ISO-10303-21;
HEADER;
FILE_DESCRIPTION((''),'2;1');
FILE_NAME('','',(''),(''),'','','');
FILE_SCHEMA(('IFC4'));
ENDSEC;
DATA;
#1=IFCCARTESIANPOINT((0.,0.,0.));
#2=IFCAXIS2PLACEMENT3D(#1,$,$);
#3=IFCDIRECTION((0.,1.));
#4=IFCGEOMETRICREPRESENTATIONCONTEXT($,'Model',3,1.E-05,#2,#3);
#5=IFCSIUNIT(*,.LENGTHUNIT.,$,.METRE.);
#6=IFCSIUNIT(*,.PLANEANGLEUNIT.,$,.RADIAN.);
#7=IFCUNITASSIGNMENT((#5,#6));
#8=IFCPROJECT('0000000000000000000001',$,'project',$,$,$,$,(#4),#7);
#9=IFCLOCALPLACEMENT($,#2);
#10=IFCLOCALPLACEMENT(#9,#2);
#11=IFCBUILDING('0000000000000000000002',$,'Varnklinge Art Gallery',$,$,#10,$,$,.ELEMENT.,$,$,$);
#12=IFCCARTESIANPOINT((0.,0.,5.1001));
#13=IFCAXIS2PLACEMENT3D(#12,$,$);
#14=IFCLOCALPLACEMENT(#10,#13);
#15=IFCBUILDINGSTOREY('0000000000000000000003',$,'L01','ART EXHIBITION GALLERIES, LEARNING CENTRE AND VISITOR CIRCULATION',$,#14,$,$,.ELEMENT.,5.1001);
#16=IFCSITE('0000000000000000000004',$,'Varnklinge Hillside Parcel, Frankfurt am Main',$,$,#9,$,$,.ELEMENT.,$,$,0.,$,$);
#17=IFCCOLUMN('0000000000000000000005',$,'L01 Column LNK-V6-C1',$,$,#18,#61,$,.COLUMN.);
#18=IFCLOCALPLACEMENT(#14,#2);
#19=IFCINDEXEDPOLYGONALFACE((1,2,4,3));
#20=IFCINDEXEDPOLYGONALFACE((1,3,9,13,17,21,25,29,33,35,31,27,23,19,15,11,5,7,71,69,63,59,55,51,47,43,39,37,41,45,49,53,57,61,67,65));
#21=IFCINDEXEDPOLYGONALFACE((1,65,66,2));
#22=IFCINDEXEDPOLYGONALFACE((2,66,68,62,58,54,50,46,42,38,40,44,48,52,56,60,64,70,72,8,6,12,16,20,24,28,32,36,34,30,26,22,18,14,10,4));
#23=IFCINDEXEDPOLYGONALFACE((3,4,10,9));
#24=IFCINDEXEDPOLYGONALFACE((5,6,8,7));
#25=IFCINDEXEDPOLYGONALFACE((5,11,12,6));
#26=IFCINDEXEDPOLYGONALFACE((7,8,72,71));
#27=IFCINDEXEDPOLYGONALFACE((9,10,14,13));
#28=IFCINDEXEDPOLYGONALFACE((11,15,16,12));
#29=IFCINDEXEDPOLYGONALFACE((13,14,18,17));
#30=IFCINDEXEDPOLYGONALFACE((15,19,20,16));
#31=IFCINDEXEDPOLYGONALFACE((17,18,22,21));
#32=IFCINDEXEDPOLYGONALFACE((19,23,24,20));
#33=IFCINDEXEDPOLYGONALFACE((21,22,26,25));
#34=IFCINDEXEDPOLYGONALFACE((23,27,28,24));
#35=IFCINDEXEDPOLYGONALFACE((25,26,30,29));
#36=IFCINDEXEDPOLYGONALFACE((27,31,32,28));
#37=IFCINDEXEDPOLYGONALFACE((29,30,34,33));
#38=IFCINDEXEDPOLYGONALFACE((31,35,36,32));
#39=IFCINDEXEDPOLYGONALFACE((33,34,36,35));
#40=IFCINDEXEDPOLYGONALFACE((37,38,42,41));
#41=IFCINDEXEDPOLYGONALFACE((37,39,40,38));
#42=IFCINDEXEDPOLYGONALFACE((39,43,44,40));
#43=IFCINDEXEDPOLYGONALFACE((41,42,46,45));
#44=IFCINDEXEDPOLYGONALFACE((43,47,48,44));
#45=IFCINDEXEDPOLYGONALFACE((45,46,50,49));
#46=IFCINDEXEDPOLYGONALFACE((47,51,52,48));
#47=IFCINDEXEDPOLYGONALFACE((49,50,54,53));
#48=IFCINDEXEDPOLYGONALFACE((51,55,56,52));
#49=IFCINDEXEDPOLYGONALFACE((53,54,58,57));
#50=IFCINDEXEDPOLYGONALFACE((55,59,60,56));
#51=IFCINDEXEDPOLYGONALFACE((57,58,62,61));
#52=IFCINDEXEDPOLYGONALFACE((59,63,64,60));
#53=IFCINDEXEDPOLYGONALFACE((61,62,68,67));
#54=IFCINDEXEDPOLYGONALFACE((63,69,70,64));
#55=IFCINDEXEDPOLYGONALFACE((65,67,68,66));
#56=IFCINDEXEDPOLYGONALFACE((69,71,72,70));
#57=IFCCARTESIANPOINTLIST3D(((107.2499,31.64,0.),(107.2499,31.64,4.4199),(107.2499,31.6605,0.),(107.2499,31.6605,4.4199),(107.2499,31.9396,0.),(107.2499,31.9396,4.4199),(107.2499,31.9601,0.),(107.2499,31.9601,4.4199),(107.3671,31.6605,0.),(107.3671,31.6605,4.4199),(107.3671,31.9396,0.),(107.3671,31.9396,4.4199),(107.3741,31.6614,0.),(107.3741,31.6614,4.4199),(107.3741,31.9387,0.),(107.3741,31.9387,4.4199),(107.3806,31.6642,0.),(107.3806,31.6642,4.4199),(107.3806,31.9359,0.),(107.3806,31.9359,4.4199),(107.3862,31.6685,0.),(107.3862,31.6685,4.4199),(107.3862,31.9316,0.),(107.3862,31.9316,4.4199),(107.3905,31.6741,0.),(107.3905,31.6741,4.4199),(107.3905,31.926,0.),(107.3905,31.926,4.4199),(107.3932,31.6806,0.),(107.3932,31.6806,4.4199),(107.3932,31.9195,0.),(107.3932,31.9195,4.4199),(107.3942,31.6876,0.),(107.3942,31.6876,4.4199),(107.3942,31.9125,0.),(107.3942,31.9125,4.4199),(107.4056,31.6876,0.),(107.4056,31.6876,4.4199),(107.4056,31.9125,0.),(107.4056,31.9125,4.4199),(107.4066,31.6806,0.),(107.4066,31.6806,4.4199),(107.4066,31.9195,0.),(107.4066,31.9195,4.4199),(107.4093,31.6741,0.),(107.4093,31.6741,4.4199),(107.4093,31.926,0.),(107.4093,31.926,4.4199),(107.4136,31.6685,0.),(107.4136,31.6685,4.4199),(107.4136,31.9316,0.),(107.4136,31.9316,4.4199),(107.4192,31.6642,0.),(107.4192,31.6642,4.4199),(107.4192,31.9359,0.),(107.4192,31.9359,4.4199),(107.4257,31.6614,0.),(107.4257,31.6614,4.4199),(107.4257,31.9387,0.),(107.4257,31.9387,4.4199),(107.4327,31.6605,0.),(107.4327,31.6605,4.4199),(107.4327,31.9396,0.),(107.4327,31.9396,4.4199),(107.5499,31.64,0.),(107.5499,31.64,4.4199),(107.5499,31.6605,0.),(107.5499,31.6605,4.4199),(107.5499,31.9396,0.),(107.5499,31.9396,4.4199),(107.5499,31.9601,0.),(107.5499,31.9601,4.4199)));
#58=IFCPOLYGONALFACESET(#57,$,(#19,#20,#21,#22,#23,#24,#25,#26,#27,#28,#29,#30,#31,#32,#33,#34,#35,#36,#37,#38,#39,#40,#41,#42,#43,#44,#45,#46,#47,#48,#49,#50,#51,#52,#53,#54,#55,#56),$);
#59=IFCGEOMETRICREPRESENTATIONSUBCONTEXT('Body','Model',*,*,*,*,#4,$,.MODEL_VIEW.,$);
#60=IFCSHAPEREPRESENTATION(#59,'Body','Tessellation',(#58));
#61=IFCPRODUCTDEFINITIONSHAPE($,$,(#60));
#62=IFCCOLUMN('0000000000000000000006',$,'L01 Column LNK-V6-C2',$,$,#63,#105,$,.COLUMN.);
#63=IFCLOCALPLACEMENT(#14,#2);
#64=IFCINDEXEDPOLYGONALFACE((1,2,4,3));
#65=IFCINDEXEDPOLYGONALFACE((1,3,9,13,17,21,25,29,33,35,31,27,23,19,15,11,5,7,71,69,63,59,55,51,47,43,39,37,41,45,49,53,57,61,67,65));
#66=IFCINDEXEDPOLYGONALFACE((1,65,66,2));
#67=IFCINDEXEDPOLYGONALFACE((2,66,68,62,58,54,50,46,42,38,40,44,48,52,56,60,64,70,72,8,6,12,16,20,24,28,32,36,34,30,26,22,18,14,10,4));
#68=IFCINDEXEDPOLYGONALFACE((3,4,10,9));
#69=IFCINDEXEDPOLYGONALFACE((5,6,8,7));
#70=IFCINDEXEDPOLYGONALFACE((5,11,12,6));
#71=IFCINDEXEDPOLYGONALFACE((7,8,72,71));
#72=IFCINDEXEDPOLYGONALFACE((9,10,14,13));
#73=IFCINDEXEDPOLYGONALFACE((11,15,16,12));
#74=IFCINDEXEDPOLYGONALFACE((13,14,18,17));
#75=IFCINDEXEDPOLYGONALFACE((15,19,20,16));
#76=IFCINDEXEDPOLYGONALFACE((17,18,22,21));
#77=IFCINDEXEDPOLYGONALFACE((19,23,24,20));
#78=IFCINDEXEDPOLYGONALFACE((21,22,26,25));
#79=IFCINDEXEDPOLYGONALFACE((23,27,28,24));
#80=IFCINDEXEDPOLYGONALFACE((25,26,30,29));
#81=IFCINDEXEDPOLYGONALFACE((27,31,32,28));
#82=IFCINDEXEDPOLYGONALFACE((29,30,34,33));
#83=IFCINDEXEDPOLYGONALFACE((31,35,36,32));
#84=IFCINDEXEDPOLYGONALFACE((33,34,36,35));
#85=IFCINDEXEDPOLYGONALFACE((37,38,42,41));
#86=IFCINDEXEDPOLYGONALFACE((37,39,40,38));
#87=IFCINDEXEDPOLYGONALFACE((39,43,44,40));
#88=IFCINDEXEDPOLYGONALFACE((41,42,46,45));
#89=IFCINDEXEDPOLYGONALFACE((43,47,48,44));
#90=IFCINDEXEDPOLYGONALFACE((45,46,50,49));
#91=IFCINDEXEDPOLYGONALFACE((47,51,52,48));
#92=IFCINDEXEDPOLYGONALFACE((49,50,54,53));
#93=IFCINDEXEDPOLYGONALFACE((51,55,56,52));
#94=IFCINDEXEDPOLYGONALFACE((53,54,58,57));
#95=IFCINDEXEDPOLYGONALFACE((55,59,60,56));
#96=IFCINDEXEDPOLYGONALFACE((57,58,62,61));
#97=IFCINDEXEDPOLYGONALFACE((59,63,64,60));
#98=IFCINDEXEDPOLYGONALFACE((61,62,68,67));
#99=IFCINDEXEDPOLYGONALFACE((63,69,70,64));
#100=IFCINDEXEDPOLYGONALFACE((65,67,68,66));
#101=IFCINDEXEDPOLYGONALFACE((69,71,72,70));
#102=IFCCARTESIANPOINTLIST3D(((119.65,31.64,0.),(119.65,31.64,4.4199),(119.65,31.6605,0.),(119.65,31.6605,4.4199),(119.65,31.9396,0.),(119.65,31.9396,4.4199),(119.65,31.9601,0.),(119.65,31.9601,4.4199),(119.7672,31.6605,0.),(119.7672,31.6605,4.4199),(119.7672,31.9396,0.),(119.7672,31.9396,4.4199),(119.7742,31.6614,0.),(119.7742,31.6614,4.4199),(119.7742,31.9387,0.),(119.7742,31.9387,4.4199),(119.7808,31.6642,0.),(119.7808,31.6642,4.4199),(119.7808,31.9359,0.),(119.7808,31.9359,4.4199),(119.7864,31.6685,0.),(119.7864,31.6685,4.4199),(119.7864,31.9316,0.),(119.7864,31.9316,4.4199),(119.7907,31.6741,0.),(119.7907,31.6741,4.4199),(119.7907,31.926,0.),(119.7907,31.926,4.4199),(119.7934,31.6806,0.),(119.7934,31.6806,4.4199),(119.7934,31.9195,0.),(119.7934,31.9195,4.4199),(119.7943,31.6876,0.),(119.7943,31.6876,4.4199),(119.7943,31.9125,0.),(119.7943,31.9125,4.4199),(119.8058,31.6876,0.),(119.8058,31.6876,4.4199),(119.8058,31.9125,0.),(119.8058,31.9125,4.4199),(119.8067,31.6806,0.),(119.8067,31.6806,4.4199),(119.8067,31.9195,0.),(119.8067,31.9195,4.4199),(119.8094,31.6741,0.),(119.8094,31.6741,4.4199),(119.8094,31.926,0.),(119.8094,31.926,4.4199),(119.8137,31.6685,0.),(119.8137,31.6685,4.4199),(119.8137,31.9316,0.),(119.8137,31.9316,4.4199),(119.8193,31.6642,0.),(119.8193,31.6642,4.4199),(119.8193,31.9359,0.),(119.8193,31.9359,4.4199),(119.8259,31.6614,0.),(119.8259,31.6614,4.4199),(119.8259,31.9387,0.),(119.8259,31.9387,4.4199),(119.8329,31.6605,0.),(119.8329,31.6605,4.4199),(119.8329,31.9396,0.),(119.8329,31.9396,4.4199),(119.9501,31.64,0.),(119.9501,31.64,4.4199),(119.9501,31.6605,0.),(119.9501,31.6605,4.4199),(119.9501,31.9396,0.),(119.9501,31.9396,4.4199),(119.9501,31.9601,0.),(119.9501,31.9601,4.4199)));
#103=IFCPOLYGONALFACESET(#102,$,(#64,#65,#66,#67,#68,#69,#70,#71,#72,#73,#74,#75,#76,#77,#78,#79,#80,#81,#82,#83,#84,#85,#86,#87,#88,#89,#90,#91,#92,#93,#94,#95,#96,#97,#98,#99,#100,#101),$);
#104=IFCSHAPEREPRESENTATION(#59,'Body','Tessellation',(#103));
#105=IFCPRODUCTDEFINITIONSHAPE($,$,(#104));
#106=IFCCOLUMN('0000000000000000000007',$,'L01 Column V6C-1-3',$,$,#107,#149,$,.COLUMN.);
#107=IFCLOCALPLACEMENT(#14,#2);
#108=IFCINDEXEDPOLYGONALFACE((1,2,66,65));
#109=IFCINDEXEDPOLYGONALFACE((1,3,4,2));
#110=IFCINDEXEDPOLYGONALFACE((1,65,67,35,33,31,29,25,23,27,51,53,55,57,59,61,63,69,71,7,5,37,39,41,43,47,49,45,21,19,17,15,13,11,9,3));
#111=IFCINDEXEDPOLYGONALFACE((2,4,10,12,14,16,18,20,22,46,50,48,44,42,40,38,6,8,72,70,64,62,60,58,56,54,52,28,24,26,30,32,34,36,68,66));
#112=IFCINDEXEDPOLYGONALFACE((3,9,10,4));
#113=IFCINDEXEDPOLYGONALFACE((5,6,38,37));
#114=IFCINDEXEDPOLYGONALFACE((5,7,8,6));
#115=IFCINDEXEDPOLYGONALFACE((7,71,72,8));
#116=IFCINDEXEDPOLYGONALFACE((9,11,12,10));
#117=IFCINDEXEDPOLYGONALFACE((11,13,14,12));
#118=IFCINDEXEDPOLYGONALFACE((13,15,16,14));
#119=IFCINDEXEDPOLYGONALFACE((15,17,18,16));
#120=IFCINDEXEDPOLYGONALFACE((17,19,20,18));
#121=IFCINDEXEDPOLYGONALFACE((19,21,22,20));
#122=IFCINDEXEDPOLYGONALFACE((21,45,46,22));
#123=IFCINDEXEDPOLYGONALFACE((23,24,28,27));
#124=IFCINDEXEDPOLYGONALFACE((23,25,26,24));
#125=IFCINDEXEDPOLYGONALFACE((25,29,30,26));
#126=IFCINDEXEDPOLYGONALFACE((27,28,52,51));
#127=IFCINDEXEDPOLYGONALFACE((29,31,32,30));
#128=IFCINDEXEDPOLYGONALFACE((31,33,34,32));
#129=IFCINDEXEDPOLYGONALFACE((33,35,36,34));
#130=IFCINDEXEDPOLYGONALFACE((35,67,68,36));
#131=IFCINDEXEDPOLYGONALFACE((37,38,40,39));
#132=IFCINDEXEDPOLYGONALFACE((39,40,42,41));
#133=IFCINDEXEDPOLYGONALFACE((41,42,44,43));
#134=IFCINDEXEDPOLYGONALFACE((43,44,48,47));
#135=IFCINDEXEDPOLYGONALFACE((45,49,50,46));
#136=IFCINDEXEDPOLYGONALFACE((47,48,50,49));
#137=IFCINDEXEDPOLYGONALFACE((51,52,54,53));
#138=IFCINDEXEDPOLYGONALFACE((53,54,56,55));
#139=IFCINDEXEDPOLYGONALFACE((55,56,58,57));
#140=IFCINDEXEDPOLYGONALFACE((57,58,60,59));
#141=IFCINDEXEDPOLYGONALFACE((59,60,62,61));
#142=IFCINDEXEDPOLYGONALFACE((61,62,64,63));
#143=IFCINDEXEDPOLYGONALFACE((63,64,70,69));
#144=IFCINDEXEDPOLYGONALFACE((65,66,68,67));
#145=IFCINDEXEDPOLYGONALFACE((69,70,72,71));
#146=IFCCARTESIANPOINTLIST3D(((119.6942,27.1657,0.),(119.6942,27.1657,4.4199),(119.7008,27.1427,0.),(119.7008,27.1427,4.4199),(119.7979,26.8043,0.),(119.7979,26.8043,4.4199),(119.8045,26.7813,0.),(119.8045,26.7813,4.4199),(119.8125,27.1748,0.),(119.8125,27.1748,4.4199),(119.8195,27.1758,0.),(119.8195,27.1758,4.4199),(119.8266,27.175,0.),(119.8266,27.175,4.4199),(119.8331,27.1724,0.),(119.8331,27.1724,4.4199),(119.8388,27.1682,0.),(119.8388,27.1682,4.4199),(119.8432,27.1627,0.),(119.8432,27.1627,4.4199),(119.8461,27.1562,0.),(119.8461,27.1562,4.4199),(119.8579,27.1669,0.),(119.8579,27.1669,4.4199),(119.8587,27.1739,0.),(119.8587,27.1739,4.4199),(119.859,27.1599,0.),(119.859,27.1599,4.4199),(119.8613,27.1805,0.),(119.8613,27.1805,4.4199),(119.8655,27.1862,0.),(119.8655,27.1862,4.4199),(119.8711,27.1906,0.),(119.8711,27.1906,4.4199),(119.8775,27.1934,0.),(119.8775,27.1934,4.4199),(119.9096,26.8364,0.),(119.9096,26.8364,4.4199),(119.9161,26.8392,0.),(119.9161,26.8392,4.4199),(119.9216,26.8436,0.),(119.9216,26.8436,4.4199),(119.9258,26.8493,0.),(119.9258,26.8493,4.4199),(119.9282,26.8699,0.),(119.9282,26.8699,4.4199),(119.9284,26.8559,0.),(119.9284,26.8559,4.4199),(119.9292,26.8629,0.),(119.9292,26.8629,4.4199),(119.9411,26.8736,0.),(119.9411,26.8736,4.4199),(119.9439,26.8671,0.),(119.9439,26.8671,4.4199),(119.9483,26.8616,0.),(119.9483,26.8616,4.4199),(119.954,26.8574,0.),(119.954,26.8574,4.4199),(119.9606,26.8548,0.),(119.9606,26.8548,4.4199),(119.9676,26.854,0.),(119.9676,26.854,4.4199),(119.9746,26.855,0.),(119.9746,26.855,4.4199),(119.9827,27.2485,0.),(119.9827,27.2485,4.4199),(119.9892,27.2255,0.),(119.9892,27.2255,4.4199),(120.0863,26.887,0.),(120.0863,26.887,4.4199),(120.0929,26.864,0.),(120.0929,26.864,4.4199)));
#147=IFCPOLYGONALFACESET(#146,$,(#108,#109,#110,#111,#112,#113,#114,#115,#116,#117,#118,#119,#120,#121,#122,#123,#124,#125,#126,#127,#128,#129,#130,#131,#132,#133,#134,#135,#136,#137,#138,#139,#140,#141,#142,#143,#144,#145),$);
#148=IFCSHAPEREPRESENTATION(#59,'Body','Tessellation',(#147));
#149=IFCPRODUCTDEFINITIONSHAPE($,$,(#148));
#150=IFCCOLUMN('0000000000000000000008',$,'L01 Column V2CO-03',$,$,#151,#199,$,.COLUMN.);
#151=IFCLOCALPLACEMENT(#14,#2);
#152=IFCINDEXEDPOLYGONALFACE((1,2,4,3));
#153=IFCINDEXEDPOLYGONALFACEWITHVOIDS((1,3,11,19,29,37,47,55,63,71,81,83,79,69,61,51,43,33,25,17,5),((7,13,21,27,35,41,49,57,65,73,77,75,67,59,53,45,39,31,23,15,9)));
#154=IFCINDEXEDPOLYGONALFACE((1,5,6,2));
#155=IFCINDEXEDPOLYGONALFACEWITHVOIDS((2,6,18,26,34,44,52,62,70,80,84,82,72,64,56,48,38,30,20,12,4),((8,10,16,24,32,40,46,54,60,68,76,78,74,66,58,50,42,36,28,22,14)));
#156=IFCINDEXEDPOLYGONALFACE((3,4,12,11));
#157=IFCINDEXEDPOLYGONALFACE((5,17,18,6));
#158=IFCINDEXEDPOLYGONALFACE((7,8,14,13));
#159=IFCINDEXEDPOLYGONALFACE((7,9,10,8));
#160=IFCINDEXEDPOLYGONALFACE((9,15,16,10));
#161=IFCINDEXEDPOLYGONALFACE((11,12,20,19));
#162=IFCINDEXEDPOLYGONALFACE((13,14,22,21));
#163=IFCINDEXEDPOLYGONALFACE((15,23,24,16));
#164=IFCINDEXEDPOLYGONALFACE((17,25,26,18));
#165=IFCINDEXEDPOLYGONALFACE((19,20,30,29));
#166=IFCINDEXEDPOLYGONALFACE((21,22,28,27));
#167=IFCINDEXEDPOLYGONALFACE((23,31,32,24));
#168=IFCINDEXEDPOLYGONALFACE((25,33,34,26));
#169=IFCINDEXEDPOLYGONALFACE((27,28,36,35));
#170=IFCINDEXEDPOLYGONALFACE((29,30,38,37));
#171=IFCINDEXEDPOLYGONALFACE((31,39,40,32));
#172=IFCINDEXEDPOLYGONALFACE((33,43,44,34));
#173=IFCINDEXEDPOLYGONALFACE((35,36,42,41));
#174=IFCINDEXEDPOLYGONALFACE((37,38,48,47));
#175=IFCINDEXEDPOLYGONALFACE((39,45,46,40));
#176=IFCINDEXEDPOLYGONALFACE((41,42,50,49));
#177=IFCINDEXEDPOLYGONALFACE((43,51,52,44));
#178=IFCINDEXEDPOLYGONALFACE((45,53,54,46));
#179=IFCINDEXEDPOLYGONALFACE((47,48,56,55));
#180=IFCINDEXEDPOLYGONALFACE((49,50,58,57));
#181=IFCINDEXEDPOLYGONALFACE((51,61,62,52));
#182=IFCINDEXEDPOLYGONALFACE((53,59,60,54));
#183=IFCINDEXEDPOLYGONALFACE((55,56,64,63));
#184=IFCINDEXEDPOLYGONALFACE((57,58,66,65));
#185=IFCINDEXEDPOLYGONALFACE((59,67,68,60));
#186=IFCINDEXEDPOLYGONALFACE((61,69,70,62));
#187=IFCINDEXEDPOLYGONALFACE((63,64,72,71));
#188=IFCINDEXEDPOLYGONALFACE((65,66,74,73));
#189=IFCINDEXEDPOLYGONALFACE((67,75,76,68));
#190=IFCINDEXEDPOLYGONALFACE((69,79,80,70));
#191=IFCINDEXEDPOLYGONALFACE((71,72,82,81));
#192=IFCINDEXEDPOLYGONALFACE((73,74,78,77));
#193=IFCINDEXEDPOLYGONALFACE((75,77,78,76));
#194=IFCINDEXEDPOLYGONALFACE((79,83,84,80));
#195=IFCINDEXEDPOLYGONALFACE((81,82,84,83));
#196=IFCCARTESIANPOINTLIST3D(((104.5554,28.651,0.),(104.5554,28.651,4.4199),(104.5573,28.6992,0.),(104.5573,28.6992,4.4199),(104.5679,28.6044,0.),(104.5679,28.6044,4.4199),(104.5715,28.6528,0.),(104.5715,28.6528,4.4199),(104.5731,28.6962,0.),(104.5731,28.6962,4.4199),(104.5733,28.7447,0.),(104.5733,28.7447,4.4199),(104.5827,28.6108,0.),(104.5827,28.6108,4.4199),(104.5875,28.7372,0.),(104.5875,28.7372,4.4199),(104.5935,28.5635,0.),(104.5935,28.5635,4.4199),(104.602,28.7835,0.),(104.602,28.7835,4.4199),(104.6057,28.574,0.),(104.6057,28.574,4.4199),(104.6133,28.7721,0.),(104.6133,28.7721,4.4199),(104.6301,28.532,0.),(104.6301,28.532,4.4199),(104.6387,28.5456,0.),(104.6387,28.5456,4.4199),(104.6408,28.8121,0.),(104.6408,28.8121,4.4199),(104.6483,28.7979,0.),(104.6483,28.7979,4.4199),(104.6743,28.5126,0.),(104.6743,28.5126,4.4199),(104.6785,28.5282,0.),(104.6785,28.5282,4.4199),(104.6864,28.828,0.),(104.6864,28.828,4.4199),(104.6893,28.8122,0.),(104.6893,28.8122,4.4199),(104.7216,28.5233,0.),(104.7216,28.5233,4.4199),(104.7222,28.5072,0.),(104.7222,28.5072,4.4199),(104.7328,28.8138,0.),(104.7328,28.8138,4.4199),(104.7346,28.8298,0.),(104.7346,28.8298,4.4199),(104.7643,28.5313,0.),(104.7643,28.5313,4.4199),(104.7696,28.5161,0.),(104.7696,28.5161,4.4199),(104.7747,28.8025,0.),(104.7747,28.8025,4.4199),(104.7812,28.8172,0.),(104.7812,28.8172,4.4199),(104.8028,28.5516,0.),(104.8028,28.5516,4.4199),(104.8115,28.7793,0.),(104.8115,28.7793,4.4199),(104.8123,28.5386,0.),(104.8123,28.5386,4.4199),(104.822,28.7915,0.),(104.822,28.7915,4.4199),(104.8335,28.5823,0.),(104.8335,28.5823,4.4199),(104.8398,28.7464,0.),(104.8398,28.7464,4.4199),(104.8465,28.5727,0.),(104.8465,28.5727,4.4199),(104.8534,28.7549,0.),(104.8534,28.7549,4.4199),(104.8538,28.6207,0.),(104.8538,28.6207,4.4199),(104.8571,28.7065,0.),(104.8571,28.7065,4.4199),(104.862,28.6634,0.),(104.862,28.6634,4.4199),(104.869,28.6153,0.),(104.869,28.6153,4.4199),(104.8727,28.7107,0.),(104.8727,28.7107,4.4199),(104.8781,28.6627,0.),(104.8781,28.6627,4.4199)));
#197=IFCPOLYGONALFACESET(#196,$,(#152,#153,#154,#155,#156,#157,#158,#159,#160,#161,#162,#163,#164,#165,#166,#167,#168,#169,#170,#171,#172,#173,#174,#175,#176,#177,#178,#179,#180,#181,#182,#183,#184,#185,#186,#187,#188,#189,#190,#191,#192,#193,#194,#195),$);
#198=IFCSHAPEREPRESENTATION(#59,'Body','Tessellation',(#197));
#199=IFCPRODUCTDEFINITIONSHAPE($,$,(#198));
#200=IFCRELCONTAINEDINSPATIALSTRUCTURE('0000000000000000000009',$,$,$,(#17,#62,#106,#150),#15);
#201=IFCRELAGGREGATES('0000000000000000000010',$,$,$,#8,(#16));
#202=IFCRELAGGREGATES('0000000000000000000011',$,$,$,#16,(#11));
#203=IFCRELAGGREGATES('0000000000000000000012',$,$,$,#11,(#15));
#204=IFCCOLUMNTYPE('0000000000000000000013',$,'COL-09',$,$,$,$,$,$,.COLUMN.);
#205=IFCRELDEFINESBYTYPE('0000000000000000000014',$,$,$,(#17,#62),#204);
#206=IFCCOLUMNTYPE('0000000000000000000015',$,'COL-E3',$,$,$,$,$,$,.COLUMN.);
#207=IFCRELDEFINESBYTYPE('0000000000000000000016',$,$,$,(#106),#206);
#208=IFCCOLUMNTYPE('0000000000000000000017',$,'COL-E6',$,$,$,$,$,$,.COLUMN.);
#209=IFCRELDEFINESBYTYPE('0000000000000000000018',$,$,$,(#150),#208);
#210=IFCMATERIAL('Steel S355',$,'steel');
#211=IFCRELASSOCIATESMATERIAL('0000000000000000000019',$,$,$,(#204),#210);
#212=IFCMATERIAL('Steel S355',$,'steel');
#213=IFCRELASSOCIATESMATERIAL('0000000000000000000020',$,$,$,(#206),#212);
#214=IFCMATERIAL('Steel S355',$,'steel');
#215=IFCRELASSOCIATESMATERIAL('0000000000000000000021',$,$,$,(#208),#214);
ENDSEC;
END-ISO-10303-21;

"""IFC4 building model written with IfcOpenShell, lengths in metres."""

from ifc_helpers import new_model, si_unit, direction, frame, origin, origin_2d, place, context, subcontext, project, spatial, hollow_circle, i_section, extrude, material, material_profile, profile_set, type_object, element, save


model = new_model("IFC4")

# Units and contexts
model_context = context("Model", 3, precision=1e-05, world=origin(), true_north=direction((0.0, 1.0)))
body_context = subcontext(model_context, "Body", "Model", "MODEL_VIEW")
ifc_project = project(units=[si_unit("LENGTHUNIT", "METRE"), si_unit("PLANEANGLEUNIT", "RADIAN")], contexts=[model_context])

# Site, building, storey
site_placement = place(None, origin())
site = spatial("IfcSite", under=ifc_project, at=site_placement, Name="Varnklinge Hillside Parcel, Frankfurt am Main", CompositionType="ELEMENT", RefElevation=0.0)
building_placement = place(site_placement, origin())
building = spatial("IfcBuilding", under=site, at=building_placement, Name="Varnklinge Art Gallery", CompositionType="ELEMENT")
storey_placement = place(building_placement, frame((0.0, 0.0, 5.1001)))
storey = spatial("IfcBuildingStorey", under=building, at=storey_placement, Name="L01", Description="ART EXHIBITION GALLERIES, LEARNING CENTRE AND VISITOR CIRCULATION", CompositionType="ELEMENT", Elevation=5.1001)

# Columns
ifc_material_1 = material(Name="Steel S355", Category="steel")
ifc_material_profile_1 = material_profile(ifc_material_1, i_section(OverallWidth=0.3, OverallDepth=0.3201, WebThickness=0.0115, FlangeThickness=0.0205, FilletRadius=0.0271, at=origin_2d()), Name="HEB 320")
ifc_profile_set_1 = profile_set([ifc_material_profile_1], Name="Steel S355")
column_type_1 = type_object("IfcColumnType", Name="COL-09", PredefinedType="COLUMN", material=ifc_profile_set_1)
for number, where, z_axis, x_axis, name in (
    (1, (107.3999, 31.8, 0.0), (0.0, 0.0, 1.0), (1.0, 0.0, 0.0), "L01 Column LNK-V6-C1"),
    (2, (119.8, 31.8, 0.0), (0.0, 0.0, 1.0), (1.0, 0.0, 0.0), "L01 Column LNK-V6-C2"),
):
    element("IfcColumn", number, at=place(storey_placement, frame(where, z_axis=z_axis, x_axis=x_axis)), inside=storey, type_object=column_type_1, Name=name, PredefinedType="COLUMN", context=body_context, shape_type="SweptSolid", body=[
        extrude(i_section(OverallWidth=0.3, OverallDepth=0.3201, WebThickness=0.0115, FlangeThickness=0.0205, FilletRadius=0.0271, at=origin_2d()), origin(), (0.0, 0.0, 1.0), 4.4199),
    ])
ifc_material_2 = material(Name="Steel S355", Category="steel")
ifc_material_profile_2 = material_profile(ifc_material_2, i_section(OverallWidth=0.3, OverallDepth=0.3999, WebThickness=0.0134, FlangeThickness=0.0239, FilletRadius=0.0271, at=origin_2d()), Name="HEB 400")
ifc_profile_set_2 = profile_set([ifc_material_profile_2], Name="Steel S355")
column_type_2 = type_object("IfcColumnType", Name="COL-E3", PredefinedType="COLUMN", material=ifc_profile_set_2)
column_1_placement = place(storey_placement, frame((119.8936, 27.0149, 0.0), z_axis=(0.0, 0.0, 1.0), x_axis=(0.961262, 0.275637, 0.0)))
element("IfcColumn", 3, at=column_1_placement, inside=storey, type_object=column_type_2, Name="L01 Column V6C-1-3", PredefinedType="COLUMN", context=body_context, shape_type="SweptSolid", body=[
    extrude(i_section(OverallWidth=0.3, OverallDepth=0.3999, WebThickness=0.0134, FlangeThickness=0.0239, FilletRadius=0.0271, at=origin_2d()), origin(), (0.0, 0.0, 1.0), 4.4199),
])
ifc_material_3 = material(Name="Steel S355", Category="steel")
ifc_material_profile_3 = material_profile(ifc_material_3, hollow_circle(Radius=0.1619, WallThickness=0.0161, at=origin_2d()), Name="CHS 323.9x16")
ifc_profile_set_3 = profile_set([ifc_material_profile_3], Name="Steel S355")
column_type_3 = type_object("IfcColumnType", Name="COL-E6", PredefinedType="COLUMN", material=ifc_profile_set_3)
column_2_placement = place(storey_placement, frame((104.7163, 28.6689, 0.0), z_axis=(0.0, 0.0, 1.0), x_axis=(-0.883684, 0.468084, 0.0)))
element("IfcColumn", 4, at=column_2_placement, inside=storey, type_object=column_type_3, Name="L01 Column V2CO-03", PredefinedType="COLUMN", context=body_context, shape_type="SweptSolid", body=[
    extrude(hollow_circle(Radius=0.1619, WallThickness=0.0161, at=origin_2d()), origin(), (0.0, 0.0, 1.0), 4.4199),
])

save(model, "model.ifc")
